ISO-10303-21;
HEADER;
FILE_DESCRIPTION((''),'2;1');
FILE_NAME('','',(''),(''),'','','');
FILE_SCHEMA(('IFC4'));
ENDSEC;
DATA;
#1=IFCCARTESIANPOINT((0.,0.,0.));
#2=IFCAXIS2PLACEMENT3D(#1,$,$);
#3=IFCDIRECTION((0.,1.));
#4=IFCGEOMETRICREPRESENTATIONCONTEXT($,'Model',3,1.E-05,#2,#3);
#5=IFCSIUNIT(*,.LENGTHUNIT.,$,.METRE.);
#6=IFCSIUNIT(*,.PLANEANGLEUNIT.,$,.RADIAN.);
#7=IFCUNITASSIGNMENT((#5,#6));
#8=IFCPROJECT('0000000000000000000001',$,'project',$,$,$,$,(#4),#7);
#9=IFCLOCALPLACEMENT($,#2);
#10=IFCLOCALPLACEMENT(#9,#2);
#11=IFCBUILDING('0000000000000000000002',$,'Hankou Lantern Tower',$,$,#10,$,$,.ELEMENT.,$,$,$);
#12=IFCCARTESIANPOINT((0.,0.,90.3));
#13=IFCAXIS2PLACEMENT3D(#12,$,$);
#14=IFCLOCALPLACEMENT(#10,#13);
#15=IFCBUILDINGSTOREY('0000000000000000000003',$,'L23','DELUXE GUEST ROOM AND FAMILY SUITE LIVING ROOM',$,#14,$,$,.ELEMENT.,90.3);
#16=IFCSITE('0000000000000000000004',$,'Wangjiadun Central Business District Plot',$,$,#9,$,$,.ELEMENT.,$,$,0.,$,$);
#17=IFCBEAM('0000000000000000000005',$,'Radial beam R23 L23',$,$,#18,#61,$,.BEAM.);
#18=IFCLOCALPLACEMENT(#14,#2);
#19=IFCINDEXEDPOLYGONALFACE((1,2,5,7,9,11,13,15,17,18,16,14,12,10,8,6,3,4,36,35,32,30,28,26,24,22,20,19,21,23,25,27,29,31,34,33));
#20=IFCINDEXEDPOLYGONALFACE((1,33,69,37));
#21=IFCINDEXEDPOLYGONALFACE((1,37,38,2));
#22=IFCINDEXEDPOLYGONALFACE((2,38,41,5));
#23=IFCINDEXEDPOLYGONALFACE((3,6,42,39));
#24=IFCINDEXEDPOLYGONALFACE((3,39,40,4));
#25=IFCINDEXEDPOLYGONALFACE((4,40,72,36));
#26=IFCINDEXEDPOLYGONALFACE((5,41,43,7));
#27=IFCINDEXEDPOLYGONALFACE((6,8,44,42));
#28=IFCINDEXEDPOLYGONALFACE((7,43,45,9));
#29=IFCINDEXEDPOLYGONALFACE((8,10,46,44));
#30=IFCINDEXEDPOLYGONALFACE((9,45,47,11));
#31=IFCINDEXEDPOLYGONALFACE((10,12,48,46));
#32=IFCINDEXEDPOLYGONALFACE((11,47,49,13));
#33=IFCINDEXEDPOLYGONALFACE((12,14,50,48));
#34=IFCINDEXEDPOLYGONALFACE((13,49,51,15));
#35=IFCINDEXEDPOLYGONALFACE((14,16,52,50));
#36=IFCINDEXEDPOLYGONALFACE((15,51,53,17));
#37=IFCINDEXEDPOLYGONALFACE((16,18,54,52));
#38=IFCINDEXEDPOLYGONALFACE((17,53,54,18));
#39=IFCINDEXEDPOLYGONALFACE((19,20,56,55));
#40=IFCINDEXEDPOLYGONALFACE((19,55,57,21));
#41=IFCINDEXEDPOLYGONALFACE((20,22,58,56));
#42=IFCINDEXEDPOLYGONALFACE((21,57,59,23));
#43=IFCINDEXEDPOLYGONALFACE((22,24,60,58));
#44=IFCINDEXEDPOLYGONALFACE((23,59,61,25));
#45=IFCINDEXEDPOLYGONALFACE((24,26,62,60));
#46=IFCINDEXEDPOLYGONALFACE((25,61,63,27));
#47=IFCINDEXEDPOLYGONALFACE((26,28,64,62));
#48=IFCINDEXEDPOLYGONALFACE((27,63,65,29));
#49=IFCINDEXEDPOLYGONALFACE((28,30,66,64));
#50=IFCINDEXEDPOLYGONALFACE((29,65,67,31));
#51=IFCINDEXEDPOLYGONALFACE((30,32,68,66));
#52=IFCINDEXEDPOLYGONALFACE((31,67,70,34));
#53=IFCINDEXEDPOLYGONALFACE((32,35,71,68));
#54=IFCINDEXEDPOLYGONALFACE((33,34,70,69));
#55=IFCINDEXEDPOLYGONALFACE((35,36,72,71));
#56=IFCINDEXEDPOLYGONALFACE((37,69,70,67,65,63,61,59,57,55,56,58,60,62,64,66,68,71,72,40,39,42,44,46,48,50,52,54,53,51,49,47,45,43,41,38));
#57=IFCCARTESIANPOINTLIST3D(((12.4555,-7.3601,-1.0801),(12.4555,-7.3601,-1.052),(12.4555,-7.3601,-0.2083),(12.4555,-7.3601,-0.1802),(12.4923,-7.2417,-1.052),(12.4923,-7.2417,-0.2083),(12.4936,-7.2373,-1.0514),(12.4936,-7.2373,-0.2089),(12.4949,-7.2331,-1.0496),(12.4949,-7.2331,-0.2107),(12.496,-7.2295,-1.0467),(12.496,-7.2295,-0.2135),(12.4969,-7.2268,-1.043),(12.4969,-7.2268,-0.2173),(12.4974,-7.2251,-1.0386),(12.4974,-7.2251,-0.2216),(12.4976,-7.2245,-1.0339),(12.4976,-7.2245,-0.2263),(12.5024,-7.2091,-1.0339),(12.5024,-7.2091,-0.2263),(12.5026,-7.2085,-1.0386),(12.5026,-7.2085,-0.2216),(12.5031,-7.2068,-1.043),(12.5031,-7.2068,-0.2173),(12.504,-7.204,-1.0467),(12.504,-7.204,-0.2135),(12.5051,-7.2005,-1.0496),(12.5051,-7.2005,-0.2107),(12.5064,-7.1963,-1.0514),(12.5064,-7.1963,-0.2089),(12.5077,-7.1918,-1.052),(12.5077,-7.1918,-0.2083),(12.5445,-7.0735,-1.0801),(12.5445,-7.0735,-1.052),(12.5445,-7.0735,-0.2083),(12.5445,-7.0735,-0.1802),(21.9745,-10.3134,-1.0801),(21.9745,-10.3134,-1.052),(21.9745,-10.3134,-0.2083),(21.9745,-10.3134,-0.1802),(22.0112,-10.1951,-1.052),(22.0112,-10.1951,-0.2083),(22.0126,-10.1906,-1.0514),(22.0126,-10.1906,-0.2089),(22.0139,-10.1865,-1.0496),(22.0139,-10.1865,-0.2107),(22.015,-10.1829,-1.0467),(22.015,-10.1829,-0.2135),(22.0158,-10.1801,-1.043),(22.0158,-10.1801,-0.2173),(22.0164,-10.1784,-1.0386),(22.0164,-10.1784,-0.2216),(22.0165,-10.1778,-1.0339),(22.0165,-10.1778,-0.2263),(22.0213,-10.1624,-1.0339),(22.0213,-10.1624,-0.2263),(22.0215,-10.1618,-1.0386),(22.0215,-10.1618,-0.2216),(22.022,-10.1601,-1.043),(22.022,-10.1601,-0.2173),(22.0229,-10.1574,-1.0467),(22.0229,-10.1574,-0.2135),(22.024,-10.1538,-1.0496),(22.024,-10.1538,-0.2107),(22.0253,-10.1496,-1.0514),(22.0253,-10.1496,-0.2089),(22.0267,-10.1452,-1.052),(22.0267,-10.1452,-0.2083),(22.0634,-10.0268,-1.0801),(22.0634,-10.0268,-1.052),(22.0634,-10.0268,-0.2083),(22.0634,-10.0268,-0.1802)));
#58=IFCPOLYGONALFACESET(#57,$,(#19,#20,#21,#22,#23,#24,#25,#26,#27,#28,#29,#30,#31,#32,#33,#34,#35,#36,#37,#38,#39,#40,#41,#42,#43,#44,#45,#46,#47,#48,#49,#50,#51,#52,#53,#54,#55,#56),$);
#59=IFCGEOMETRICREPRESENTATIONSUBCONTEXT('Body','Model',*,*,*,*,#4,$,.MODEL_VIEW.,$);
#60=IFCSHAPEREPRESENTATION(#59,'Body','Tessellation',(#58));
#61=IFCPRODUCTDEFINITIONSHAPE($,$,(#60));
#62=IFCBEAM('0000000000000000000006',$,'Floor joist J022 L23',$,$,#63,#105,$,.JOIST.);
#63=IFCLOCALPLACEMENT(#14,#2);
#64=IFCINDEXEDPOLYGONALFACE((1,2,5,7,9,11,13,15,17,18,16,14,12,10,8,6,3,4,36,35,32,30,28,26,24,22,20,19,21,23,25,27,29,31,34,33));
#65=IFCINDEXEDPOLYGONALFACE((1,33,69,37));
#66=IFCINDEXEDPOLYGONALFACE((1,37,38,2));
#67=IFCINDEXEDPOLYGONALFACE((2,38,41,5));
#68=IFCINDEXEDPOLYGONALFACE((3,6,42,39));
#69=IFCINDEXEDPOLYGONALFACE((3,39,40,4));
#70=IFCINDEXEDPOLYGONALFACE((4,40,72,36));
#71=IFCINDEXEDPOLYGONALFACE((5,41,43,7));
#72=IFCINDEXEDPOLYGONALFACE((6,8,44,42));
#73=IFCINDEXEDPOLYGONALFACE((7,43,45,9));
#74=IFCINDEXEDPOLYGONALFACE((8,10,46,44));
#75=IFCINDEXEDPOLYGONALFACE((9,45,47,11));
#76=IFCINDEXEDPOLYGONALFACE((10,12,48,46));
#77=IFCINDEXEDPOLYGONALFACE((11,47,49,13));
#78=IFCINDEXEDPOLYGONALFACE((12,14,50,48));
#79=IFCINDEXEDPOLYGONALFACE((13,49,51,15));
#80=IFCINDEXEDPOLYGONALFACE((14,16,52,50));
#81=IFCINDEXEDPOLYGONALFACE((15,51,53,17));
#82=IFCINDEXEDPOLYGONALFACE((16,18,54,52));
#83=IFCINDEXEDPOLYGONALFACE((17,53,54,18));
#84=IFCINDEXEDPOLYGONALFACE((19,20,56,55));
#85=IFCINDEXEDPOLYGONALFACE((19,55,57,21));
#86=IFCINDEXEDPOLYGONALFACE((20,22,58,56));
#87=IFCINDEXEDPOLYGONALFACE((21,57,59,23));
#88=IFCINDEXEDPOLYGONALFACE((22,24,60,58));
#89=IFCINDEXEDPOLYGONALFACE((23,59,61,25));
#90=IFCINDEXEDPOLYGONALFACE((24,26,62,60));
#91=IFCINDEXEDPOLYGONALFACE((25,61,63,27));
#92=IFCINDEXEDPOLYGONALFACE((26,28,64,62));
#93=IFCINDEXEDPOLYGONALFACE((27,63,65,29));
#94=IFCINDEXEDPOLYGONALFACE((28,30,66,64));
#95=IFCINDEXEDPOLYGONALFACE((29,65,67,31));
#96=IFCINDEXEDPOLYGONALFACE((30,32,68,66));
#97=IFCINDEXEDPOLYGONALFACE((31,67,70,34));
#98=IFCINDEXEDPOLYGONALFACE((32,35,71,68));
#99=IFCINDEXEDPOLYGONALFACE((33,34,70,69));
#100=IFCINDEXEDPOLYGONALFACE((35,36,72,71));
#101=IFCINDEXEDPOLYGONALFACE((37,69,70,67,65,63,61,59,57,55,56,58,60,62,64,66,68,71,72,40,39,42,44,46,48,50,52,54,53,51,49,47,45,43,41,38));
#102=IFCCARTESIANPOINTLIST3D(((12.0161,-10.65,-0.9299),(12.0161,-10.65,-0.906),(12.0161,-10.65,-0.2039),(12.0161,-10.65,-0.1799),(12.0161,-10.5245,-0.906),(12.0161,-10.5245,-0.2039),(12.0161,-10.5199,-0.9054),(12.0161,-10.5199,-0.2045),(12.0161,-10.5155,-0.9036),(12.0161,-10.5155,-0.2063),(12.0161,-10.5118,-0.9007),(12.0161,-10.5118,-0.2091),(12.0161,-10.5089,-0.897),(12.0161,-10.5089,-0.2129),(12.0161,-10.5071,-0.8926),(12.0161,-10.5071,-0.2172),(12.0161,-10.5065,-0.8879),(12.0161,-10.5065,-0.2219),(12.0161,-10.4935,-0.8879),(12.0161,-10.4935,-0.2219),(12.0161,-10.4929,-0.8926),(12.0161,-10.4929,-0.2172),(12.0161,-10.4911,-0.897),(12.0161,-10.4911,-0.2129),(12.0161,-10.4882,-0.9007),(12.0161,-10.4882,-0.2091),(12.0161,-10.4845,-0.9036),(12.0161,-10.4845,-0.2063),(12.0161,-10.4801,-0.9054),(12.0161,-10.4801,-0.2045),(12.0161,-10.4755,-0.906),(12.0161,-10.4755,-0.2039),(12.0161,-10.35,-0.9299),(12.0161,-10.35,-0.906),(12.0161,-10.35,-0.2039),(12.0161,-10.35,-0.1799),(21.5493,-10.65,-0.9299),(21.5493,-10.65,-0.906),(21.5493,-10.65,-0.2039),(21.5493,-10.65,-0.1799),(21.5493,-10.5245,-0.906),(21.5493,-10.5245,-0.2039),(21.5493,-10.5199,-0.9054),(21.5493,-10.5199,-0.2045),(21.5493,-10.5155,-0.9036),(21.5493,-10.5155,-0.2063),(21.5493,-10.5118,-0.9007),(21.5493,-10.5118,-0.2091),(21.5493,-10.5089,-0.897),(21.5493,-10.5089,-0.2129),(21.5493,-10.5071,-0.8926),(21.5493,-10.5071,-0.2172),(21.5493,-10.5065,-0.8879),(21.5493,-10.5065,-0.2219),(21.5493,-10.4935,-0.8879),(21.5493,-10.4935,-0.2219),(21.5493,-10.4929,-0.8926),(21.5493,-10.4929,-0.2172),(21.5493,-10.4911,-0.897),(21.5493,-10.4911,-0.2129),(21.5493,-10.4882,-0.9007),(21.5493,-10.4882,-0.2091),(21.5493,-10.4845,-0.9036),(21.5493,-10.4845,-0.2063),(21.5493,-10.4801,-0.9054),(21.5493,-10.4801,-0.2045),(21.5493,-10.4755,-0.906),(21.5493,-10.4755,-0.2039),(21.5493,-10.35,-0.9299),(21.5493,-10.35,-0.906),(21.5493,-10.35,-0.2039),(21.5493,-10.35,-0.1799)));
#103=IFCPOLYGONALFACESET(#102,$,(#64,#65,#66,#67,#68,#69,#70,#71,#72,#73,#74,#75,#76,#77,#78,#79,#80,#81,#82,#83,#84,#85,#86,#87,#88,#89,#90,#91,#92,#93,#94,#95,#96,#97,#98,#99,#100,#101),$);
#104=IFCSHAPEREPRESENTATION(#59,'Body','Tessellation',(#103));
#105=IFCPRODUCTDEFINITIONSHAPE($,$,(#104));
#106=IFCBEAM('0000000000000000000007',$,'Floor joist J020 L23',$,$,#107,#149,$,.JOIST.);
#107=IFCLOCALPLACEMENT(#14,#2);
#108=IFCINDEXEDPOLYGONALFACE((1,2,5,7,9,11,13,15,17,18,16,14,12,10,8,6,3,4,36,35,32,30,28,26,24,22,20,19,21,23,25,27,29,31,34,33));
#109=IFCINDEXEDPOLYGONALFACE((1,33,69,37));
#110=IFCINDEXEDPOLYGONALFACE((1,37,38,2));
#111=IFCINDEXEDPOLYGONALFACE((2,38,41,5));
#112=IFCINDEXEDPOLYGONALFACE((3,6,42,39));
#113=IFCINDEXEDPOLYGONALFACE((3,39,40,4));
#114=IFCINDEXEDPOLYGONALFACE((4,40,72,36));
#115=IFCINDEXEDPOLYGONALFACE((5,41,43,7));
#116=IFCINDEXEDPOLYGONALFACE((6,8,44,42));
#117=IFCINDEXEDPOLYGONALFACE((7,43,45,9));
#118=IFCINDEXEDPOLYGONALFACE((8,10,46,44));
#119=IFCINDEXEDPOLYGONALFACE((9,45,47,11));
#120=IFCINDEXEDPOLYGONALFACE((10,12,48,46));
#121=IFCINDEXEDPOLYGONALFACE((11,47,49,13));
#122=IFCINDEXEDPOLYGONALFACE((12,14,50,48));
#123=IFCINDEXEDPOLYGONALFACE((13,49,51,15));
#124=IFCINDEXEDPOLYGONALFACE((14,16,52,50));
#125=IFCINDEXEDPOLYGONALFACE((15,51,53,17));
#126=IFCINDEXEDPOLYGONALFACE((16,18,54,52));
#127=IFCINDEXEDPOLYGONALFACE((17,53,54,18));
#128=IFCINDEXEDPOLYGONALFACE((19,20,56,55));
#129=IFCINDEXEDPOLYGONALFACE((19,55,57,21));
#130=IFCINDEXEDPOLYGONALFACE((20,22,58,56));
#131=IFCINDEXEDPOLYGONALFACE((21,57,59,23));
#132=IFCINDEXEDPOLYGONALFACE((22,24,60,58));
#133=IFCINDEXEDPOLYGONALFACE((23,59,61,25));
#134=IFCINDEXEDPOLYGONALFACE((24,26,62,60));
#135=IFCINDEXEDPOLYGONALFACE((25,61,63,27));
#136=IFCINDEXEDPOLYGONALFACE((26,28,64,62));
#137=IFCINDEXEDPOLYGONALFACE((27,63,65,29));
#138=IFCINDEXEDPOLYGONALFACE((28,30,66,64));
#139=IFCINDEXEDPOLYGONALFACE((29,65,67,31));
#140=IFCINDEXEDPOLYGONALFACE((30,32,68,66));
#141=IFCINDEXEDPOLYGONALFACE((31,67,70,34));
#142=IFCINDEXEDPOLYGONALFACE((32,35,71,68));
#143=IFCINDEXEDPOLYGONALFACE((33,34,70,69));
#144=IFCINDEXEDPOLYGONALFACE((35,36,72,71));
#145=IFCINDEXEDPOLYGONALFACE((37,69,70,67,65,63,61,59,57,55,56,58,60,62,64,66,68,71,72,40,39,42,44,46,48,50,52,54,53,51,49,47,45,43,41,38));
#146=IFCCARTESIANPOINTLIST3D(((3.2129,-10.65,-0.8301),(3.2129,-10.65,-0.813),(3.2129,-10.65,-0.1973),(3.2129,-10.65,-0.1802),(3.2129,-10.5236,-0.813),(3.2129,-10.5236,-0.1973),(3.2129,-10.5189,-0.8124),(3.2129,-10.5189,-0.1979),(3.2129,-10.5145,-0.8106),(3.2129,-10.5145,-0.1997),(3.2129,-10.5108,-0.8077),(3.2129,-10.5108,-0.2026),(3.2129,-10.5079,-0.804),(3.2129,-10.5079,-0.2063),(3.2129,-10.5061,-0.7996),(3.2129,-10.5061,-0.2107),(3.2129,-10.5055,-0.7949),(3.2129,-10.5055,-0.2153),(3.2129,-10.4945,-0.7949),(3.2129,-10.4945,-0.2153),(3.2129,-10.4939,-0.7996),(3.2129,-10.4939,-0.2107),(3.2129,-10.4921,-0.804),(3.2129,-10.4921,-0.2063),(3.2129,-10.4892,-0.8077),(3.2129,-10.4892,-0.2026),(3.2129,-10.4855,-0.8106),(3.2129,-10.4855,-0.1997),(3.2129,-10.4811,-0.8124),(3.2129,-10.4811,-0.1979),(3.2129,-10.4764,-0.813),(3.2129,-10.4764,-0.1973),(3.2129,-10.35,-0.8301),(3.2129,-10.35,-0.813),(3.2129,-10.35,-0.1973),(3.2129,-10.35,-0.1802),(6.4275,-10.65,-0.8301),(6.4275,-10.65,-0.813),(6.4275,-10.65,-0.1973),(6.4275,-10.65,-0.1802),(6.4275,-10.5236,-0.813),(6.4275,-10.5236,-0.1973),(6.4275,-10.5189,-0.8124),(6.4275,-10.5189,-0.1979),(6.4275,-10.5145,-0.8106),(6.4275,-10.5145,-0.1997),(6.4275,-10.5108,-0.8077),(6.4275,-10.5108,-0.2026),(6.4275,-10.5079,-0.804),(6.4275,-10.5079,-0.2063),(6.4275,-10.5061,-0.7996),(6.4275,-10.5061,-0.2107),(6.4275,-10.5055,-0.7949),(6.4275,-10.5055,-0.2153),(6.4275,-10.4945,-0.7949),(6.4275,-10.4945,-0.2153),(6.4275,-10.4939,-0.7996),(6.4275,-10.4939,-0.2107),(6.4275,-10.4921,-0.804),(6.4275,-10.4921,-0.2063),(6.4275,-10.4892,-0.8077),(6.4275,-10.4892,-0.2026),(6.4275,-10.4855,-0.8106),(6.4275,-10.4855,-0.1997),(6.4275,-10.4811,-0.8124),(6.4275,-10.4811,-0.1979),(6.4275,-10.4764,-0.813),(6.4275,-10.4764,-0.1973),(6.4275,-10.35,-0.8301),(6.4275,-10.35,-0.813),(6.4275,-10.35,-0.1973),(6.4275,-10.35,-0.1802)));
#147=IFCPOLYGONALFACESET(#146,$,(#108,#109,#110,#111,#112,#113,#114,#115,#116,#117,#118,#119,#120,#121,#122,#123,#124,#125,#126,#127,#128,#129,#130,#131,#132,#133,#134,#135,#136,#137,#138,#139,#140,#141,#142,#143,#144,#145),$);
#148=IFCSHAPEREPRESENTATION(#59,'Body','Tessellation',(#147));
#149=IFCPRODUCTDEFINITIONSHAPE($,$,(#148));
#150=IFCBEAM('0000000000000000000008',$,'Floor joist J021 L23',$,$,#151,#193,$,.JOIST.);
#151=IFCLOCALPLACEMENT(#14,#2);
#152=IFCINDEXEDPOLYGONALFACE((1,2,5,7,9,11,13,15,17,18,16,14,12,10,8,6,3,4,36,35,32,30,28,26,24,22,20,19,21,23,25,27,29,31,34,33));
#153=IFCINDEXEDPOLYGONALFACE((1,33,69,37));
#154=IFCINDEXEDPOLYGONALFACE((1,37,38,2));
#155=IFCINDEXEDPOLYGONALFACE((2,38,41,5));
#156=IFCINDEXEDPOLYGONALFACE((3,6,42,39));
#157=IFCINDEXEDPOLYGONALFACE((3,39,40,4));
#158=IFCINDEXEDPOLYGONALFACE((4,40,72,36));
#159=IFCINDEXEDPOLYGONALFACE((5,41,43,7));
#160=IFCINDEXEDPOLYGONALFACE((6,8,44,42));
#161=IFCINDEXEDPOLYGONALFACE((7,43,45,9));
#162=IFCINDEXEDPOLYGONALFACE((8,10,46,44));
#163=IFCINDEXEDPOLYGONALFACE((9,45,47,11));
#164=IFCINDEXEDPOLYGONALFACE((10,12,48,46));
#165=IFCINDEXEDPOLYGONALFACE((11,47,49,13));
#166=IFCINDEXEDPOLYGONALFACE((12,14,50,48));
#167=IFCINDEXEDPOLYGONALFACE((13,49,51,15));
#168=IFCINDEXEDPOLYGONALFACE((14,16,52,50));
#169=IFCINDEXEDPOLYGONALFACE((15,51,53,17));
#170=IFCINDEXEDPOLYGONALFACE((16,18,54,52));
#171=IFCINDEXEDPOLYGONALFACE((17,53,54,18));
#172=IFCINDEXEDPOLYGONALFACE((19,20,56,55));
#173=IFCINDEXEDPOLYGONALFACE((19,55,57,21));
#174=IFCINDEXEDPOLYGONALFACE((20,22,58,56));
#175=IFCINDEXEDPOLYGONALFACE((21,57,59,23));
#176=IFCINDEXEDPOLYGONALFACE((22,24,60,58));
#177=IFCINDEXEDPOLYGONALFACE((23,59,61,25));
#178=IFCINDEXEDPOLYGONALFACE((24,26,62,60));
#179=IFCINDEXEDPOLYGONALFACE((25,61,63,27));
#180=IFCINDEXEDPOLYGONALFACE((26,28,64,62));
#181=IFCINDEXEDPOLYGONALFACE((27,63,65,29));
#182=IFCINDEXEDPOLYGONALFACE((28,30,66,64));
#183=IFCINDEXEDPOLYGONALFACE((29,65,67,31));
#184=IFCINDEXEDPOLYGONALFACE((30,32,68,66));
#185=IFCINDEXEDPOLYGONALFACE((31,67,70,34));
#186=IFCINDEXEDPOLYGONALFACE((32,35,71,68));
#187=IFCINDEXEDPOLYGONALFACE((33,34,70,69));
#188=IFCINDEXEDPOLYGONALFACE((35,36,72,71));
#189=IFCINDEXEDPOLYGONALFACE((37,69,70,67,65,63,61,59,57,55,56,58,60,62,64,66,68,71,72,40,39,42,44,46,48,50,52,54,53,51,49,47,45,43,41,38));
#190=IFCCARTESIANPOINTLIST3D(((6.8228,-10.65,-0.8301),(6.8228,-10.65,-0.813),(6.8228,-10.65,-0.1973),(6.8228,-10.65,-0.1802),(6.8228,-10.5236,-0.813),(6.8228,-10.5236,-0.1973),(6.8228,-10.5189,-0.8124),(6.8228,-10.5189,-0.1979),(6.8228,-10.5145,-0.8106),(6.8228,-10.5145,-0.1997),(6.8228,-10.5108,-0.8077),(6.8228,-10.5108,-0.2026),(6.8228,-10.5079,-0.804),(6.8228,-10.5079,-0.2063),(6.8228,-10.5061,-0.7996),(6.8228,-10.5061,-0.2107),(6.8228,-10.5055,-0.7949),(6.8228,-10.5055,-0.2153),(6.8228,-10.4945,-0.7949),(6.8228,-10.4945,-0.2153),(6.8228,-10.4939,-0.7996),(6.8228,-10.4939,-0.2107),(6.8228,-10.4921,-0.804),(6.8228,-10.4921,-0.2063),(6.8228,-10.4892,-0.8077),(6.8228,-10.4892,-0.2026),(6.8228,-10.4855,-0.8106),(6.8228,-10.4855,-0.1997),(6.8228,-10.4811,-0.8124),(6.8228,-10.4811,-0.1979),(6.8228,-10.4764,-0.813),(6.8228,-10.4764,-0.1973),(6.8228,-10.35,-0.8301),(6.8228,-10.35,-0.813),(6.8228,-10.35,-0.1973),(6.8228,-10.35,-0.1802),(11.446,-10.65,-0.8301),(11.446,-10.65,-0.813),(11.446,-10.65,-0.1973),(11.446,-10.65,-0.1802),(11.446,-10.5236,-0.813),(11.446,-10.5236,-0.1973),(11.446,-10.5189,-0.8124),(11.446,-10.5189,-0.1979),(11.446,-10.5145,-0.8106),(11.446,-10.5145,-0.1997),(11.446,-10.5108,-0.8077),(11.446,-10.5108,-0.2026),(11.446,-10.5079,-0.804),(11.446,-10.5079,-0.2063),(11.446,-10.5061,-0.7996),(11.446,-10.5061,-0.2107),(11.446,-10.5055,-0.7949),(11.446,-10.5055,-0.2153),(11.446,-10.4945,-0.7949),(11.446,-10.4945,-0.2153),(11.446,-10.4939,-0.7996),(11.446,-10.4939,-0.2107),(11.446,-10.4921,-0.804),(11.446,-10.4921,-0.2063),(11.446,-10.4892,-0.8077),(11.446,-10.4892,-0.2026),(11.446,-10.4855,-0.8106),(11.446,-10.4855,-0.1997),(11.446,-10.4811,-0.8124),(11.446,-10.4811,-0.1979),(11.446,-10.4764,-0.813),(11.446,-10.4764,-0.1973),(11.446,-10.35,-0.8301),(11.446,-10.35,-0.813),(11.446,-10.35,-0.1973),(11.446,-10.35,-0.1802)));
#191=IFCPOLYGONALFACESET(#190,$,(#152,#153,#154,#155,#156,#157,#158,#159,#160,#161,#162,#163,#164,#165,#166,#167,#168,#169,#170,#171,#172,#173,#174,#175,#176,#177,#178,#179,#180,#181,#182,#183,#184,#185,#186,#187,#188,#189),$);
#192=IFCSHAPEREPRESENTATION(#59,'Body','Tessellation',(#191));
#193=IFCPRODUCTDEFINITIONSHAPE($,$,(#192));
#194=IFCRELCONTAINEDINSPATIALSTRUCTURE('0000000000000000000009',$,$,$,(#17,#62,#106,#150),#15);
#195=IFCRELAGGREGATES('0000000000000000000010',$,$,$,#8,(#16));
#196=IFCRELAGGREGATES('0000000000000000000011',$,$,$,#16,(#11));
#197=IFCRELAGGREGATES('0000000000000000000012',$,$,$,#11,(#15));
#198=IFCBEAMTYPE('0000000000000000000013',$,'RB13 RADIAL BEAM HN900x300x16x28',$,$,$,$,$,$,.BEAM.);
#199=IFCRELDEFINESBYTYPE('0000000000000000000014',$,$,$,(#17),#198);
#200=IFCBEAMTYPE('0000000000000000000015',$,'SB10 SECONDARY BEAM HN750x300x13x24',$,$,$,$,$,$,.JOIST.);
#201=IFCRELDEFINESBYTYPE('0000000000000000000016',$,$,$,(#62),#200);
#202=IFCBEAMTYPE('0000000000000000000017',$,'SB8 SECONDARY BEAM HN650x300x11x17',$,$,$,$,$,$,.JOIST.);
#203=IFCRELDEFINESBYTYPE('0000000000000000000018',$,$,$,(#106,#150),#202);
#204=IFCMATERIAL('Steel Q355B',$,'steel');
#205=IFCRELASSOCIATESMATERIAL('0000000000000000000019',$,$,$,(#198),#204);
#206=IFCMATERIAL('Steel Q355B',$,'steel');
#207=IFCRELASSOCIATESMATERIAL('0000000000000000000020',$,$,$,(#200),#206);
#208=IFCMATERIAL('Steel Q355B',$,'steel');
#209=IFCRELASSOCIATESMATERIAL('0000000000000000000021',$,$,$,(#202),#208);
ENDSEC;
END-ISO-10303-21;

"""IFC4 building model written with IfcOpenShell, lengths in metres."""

from ifc_helpers import new_model, si_unit, direction, frame, origin, origin_2d, place, context, subcontext, project, spatial, i_section, extrude, material, material_profile, profile_set, type_object, element, save


model = new_model("IFC4")

# Units and contexts
model_context = context("Model", 3, precision=1e-05, world=origin(), true_north=direction((0.0, 1.0)))
body_context = subcontext(model_context, "Body", "Model", "MODEL_VIEW")
ifc_project = project(units=[si_unit("LENGTHUNIT", "METRE"), si_unit("PLANEANGLEUNIT", "RADIAN")], contexts=[model_context])

# Site, building, storey
site_placement = place(None, origin())
site = spatial("IfcSite", under=ifc_project, at=site_placement, Name="Wangjiadun Central Business District Plot", CompositionType="ELEMENT", RefElevation=0.0)
building_placement = place(site_placement, origin())
building = spatial("IfcBuilding", under=site, at=building_placement, Name="Hankou Lantern Tower", CompositionType="ELEMENT")
storey_placement = place(building_placement, frame((0.0, 0.0, 90.3)))
storey = spatial("IfcBuildingStorey", under=building, at=storey_placement, Name="L23", Description="DELUXE GUEST ROOM AND FAMILY SUITE LIVING ROOM", CompositionType="ELEMENT", Elevation=90.3)

# Beams
ifc_material_1 = material(Name="Steel Q355B", Category="steel")
ifc_material_profile_1 = material_profile(ifc_material_1, i_section(OverallWidth=0.3, OverallDepth=0.8999, WebThickness=0.0161, FlangeThickness=0.0281, FilletRadius=0.0181, at=origin_2d()), Name="HN900x300x16x28")
ifc_profile_set_1 = profile_set([ifc_material_profile_1], Name="Steel Q355B")
beam_type_1 = type_object("IfcBeamType", Name="RB13 RADIAL BEAM HN900x300x16x28", PredefinedType="BEAM", material=ifc_profile_set_1)
beam_1_placement = place(storey_placement, frame((12.5, -7.2168, -0.6301), z_axis=(0.955087, -0.296324, 0.0), x_axis=(0.296324, 0.955087, 0.0)))
element("IfcBeam", 1, at=beam_1_placement, inside=storey, type_object=beam_type_1, Name="Radial beam R23 L23", PredefinedType="BEAM", context=body_context, shape_type="SweptSolid", body=[
    extrude(i_section(OverallWidth=0.3, OverallDepth=0.8999, WebThickness=0.0161, FlangeThickness=0.0281, FilletRadius=0.0181, at=origin_2d()), origin(), (0.0, 0.0, 1.0), 9.9666),
])
ifc_material_2 = material(Name="Steel Q355B", Category="steel")
ifc_material_profile_2 = material_profile(ifc_material_2, i_section(OverallWidth=0.3, OverallDepth=0.75, WebThickness=0.0129, FlangeThickness=0.0239, FilletRadius=0.0181, at=origin_2d()), Name="HN750x300x13x24")
ifc_profile_set_2 = profile_set([ifc_material_profile_2], Name="Steel Q355B")
beam_type_2 = type_object("IfcBeamType", Name="SB10 SECONDARY BEAM HN750x300x13x24", PredefinedType="JOIST", material=ifc_profile_set_2)
beam_2_placement = place(storey_placement, frame((12.0161, -10.5, -0.5549), z_axis=(1.0, 0.0, 0.0), x_axis=(0.0, 1.0, 0.0)))
element("IfcBeam", 2, at=beam_2_placement, inside=storey, type_object=beam_type_2, Name="Floor joist J022 L23", PredefinedType="JOIST", context=body_context, shape_type="SweptSolid", body=[
    extrude(i_section(OverallWidth=0.3, OverallDepth=0.75, WebThickness=0.0129, FlangeThickness=0.0239, FilletRadius=0.0181, at=origin_2d()), origin(), (0.0, 0.0, 1.0), 9.5332),
])
ifc_material_3 = material(Name="Steel Q355B", Category="steel")
ifc_material_profile_3 = material_profile(ifc_material_3, i_section(OverallWidth=0.3, OverallDepth=0.6499, WebThickness=0.011, FlangeThickness=0.0171, FilletRadius=0.0181, at=origin_2d()), Name="HN650x300x11x17")
ifc_profile_set_3 = profile_set([ifc_material_profile_3], Name="Steel Q355B")
beam_type_3 = type_object("IfcBeamType", Name="SB8 SECONDARY BEAM HN650x300x11x17", PredefinedType="JOIST", material=ifc_profile_set_3)
beam_3_placement = place(storey_placement, frame((3.2129, -10.5, -0.5051), z_axis=(1.0, 0.0, 0.0), x_axis=(0.0, 1.0, 0.0)))
element("IfcBeam", 3, at=beam_3_placement, inside=storey, type_object=beam_type_3, Name="Floor joist J020 L23", PredefinedType="JOIST", context=body_context, shape_type="SweptSolid", body=[
    extrude(i_section(OverallWidth=0.3, OverallDepth=0.6499, WebThickness=0.011, FlangeThickness=0.0171, FilletRadius=0.0181, at=origin_2d()), origin(), (0.0, 0.0, 1.0), 3.2146),
])
beam_4_placement = place(storey_placement, frame((6.8228, -10.5, -0.5051), z_axis=(1.0, 0.0, 0.0), x_axis=(0.0, 1.0, 0.0)))
element("IfcBeam", 4, at=beam_4_placement, inside=storey, type_object=beam_type_3, Name="Floor joist J021 L23", PredefinedType="JOIST", context=body_context, shape_type="SweptSolid", body=[
    extrude(i_section(OverallWidth=0.3, OverallDepth=0.6499, WebThickness=0.011, FlangeThickness=0.0171, FilletRadius=0.0181, at=origin_2d()), origin(), (0.0, 0.0, 1.0), 4.6233),
])

save(model, "model.ifc")
